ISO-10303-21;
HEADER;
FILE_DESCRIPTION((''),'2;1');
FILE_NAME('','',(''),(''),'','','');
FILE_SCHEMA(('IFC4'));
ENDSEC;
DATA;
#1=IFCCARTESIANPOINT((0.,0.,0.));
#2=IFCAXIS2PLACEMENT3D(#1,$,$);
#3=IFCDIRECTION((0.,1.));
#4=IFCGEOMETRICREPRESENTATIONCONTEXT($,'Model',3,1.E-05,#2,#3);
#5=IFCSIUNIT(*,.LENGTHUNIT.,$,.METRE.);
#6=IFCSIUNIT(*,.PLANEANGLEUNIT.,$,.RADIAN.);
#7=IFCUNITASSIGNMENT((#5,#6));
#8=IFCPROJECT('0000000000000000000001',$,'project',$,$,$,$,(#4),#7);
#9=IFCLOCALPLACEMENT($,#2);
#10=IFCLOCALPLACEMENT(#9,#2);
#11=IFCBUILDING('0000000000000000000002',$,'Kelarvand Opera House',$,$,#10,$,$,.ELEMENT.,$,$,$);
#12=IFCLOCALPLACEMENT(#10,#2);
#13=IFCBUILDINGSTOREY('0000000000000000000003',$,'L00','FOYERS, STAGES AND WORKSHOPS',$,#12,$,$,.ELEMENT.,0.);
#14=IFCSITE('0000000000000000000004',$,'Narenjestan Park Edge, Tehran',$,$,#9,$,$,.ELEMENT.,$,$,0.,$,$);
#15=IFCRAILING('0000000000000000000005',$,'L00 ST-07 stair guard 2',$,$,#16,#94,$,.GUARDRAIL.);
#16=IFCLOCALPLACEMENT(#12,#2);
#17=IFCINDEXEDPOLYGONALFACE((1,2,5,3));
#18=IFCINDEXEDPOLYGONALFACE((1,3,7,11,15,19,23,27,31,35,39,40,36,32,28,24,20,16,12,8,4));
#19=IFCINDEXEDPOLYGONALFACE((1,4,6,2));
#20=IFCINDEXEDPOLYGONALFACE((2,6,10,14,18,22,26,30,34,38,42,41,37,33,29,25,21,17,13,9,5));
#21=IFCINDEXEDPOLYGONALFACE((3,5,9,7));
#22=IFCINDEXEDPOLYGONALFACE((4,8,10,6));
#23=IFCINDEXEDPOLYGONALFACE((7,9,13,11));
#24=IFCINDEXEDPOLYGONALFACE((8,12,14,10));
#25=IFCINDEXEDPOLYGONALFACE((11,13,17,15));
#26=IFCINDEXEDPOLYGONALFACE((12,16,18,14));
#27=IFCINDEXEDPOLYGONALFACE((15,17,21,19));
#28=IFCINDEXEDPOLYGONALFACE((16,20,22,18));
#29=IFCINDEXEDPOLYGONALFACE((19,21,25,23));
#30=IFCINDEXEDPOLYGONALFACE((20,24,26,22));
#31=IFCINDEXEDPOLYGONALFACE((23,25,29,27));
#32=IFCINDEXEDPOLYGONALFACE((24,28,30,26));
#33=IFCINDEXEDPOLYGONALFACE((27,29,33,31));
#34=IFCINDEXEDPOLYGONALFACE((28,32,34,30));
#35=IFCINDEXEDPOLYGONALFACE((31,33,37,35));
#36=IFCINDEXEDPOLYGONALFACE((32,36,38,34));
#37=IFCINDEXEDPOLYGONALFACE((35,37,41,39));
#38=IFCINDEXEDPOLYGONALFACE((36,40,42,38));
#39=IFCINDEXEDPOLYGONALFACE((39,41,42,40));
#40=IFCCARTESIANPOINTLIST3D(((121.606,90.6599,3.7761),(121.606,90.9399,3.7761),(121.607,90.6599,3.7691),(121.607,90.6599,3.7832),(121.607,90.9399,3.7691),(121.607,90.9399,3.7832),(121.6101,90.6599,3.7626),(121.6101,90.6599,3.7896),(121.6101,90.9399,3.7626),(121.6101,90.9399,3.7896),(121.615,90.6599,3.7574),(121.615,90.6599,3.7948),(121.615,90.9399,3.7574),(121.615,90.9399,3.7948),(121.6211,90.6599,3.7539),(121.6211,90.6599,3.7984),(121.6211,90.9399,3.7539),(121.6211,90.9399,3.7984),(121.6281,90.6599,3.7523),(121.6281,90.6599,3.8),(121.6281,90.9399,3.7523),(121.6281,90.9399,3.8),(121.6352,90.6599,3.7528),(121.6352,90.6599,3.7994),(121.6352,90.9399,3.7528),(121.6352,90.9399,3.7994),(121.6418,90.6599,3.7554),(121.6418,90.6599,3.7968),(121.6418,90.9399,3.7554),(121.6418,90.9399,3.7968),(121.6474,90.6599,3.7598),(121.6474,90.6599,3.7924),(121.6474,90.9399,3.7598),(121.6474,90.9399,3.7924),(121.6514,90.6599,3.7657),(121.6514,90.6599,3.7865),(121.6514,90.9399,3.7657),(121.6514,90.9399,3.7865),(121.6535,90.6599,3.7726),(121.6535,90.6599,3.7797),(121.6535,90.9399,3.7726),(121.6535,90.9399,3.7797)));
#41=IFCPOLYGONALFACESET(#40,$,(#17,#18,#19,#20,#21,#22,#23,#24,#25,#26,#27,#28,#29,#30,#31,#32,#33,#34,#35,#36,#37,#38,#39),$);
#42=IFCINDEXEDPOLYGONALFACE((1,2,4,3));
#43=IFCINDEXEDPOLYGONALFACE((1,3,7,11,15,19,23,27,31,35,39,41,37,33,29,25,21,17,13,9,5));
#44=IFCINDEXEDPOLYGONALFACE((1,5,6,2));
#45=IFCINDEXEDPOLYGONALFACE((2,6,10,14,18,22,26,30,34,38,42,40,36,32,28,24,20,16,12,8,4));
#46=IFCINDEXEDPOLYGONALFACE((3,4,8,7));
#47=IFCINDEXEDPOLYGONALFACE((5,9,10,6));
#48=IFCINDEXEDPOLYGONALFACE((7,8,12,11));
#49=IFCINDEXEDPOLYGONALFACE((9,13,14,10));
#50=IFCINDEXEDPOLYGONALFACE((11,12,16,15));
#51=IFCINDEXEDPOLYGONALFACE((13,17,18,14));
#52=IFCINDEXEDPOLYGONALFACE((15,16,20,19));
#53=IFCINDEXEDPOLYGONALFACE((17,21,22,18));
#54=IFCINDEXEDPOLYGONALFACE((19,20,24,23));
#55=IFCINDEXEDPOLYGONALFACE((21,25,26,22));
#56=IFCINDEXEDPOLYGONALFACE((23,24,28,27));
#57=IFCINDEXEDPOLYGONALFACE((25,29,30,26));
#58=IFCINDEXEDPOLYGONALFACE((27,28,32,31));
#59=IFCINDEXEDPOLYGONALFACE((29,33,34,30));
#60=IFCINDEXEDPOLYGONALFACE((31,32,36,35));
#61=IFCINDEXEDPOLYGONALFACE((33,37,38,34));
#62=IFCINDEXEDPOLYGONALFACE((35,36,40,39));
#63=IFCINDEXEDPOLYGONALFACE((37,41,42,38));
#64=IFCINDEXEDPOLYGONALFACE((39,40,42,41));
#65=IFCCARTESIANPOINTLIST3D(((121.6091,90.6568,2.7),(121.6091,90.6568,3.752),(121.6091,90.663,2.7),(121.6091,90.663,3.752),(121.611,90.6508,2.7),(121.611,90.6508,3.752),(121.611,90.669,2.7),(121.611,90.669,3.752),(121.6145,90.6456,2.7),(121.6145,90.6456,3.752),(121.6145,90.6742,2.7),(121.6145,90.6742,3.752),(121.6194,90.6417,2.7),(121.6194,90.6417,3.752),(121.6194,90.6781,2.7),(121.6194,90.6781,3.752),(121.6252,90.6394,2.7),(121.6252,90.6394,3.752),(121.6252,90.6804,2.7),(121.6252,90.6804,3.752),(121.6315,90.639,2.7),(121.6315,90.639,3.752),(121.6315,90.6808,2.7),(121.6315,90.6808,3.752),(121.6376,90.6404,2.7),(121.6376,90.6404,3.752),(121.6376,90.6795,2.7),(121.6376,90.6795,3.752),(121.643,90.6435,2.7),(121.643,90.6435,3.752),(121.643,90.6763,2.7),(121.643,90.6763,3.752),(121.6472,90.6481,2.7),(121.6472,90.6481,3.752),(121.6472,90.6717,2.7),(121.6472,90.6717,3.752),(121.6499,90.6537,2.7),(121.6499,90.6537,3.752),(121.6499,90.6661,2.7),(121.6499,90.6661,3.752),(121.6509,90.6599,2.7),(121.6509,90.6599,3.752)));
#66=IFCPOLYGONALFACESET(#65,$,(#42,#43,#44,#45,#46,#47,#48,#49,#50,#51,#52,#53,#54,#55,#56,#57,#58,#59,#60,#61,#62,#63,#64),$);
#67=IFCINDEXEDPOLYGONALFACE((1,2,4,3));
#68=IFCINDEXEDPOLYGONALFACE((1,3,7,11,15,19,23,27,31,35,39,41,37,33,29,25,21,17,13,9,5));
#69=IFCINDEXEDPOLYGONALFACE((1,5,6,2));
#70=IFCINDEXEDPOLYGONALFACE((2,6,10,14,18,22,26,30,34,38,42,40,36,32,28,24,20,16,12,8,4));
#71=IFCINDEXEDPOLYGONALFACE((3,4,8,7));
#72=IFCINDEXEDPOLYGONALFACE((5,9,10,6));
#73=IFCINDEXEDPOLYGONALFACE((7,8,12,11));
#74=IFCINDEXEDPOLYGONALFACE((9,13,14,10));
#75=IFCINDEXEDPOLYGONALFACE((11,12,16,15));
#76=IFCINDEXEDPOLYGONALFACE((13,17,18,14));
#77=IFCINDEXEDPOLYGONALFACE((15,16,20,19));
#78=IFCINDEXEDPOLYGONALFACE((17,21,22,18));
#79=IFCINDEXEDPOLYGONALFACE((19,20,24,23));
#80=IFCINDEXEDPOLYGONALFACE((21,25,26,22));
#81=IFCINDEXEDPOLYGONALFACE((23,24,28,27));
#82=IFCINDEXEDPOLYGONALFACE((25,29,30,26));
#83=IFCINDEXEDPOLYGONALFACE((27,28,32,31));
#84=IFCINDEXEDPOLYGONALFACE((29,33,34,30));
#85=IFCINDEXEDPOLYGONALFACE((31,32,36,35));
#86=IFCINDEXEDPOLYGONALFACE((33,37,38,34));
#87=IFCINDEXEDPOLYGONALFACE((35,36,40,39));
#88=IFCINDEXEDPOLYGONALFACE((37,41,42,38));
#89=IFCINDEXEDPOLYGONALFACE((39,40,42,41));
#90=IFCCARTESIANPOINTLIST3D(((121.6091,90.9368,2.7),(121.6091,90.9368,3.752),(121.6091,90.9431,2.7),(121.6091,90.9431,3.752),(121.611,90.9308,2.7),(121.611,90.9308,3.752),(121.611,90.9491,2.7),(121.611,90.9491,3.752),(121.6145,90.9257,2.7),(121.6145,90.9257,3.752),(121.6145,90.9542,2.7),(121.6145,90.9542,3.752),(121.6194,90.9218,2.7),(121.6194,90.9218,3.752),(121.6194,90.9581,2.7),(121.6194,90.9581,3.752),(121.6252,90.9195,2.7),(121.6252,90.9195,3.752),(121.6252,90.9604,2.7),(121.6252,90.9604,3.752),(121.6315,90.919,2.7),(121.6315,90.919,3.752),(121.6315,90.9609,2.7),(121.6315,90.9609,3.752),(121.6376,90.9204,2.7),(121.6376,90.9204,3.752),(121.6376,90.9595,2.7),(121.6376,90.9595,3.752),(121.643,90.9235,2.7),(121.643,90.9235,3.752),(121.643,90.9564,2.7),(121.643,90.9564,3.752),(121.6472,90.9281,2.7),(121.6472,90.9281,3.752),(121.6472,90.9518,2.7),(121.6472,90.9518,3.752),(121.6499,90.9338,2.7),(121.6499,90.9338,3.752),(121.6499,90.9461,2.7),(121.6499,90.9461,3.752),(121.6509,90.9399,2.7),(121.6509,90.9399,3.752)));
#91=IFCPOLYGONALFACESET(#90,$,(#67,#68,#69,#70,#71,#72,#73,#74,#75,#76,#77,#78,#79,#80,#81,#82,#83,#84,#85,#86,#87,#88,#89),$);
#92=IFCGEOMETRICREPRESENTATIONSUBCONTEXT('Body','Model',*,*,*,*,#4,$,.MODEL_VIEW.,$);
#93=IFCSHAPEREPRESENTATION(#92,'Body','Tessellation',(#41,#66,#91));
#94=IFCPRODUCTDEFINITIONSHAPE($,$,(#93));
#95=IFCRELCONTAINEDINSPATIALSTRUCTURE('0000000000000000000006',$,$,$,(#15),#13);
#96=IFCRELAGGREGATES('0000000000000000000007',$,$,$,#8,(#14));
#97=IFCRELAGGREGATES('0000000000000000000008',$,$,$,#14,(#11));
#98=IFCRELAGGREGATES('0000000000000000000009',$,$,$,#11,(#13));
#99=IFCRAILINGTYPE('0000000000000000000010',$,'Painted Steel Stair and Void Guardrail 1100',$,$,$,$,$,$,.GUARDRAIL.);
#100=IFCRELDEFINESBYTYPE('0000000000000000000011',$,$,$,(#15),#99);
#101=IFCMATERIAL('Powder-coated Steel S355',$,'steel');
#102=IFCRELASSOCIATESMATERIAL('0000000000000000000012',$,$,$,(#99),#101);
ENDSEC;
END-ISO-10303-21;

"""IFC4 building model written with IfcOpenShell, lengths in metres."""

from ifc_helpers import new_model, si_unit, direction, frame, origin, origin_2d, place, context, subcontext, project, spatial, circle, extrude, material, type_object, element, save


model = new_model("IFC4")

# Units and contexts
model_context = context("Model", 3, precision=1e-05, world=origin(), true_north=direction((0.0, 1.0)))
body_context = subcontext(model_context, "Body", "Model", "MODEL_VIEW")
ifc_project = project(units=[si_unit("LENGTHUNIT", "METRE"), si_unit("PLANEANGLEUNIT", "RADIAN")], contexts=[model_context])

# Site, building, storey
site_placement = place(None, origin())
site = spatial("IfcSite", under=ifc_project, at=site_placement, Name="Narenjestan Park Edge, Tehran", CompositionType="ELEMENT", RefElevation=0.0)
building_placement = place(site_placement, origin())
building = spatial("IfcBuilding", under=site, at=building_placement, Name="Kelarvand Opera House", CompositionType="ELEMENT")
storey_placement = place(building_placement, origin())
storey = spatial("IfcBuildingStorey", under=building, at=storey_placement, Name="L00", Description="FOYERS, STAGES AND WORKSHOPS", CompositionType="ELEMENT", Elevation=0.0)

# Railing
ifc_material_1 = material(Name="Powder-coated Steel S355", Category="steel")
railing_type_1 = type_object("IfcRailingType", Name="Painted Steel Stair and Void Guardrail 1100", PredefinedType="GUARDRAIL", material=ifc_material_1)
railing_1_placement = place(storey_placement, frame((121.6299, 90.6599, 2.7)))
element("IfcRailing", 1, at=railing_1_placement, inside=storey, type_object=railing_type_1, Name="L00 ST-07 stair guard 2", PredefinedType="GUARDRAIL", context=body_context, shape_type="SweptSolid", body=[
    extrude(circle(Radius=0.0239, at=origin_2d()), frame((0.0, 0.0, 1.0762), z_axis=(0.0, 1.0, 0.0), x_axis=(-1.0, 0.0, 0.0)), (0.0, 0.0, 1.0), 0.28),
    extrude(circle(Radius=0.021, at=origin_2d()), origin(), (0.0, 0.0, 1.0), 1.052),
    extrude(circle(Radius=0.021, at=origin_2d()), frame((0.0, 0.28, 0.0)), (0.0, 0.0, 1.0), 1.052),
])

save(model, "model.ifc")
